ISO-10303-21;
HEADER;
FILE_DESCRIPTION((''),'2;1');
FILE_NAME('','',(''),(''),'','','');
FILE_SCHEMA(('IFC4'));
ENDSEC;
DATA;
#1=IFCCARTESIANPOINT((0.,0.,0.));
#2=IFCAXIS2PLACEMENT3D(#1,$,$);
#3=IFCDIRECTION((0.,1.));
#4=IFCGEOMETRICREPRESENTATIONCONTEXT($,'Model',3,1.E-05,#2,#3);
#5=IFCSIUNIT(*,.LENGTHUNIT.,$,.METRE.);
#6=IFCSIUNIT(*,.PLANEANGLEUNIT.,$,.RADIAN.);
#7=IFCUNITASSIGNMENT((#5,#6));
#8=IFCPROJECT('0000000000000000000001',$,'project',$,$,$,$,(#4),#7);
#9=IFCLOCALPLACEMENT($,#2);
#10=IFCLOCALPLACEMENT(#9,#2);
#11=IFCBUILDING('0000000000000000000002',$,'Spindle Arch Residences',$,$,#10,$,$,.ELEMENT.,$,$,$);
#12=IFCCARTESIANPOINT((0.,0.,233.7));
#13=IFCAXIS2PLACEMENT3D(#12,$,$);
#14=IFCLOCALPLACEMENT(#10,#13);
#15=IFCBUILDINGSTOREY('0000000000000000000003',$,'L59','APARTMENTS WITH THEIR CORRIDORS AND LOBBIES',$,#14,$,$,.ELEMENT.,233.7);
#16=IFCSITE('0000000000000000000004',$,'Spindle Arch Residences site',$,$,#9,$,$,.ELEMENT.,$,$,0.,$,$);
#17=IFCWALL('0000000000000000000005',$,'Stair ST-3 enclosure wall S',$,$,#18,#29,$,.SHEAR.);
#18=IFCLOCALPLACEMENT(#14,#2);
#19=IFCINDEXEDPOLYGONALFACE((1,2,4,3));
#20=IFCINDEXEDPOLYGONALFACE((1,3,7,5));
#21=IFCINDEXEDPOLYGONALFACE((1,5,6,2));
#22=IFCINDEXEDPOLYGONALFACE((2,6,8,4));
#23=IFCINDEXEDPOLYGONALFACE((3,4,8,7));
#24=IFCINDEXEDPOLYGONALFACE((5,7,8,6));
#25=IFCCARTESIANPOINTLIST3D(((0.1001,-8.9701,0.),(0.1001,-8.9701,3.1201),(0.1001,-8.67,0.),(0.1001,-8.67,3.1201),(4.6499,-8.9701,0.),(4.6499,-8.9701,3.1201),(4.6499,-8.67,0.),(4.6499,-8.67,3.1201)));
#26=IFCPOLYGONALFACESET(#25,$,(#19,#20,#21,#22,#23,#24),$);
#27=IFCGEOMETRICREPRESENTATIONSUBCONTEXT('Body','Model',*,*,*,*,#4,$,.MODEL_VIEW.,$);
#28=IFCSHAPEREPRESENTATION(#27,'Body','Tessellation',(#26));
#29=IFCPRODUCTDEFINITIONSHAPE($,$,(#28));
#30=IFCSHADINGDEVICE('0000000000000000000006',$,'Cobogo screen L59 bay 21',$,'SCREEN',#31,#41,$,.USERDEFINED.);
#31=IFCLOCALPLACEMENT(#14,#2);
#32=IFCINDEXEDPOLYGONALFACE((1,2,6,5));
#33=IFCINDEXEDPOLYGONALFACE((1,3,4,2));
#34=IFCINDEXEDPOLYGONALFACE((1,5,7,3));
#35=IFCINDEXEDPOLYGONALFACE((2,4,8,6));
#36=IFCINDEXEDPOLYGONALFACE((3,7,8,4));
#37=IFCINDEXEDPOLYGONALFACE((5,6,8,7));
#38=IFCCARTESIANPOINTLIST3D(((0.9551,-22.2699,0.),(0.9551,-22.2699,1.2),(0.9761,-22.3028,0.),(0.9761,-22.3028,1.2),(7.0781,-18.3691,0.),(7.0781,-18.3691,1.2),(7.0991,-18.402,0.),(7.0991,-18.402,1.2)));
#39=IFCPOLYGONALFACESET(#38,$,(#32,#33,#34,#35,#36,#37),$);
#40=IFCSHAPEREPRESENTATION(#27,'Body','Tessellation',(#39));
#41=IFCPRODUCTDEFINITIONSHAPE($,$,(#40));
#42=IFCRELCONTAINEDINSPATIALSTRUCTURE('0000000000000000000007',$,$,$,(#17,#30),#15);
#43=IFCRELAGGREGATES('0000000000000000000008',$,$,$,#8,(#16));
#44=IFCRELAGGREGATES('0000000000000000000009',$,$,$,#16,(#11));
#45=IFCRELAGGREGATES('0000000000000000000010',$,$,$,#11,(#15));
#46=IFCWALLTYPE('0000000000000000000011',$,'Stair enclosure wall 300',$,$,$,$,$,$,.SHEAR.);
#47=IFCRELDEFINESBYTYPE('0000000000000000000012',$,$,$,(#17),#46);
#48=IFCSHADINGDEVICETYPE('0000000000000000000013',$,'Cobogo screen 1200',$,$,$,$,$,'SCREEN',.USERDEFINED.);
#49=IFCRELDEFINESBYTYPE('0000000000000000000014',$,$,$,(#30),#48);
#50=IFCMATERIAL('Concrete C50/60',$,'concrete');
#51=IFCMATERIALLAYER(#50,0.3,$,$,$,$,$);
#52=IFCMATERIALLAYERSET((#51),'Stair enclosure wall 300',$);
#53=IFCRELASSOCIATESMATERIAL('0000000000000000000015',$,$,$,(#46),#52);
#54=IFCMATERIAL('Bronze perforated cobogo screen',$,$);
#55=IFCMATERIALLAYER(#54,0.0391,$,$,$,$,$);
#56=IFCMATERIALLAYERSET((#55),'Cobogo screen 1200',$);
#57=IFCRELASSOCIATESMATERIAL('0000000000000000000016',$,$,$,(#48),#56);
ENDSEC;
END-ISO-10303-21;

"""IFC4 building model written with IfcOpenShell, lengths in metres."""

from ifc_helpers import new_model, si_unit, direction, frame, frame_2d, origin, origin_2d, place, context, subcontext, project, spatial, rectangle, extrude, material, layer, layer_set, type_object, element, save


model = new_model("IFC4")

# Units and contexts
model_context = context("Model", 3, precision=1e-05, world=origin(), true_north=direction((0.0, 1.0)))
body_context = subcontext(model_context, "Body", "Model", "MODEL_VIEW")
ifc_project = project(units=[si_unit("LENGTHUNIT", "METRE"), si_unit("PLANEANGLEUNIT", "RADIAN")], contexts=[model_context])

# Site, building, storey
site_placement = place(None, origin())
site = spatial("IfcSite", under=ifc_project, at=site_placement, Name="Spindle Arch Residences site", CompositionType="ELEMENT", RefElevation=0.0)
building_placement = place(site_placement, origin())
building = spatial("IfcBuilding", under=site, at=building_placement, Name="Spindle Arch Residences", CompositionType="ELEMENT")
storey_placement = place(building_placement, frame((0.0, 0.0, 233.7)))
storey = spatial("IfcBuildingStorey", under=building, at=storey_placement, Name="L59", Description="APARTMENTS WITH THEIR CORRIDORS AND LOBBIES", CompositionType="ELEMENT", Elevation=233.7)

# Wall
ifc_material_1 = material(Name="Concrete C50/60", Category="concrete")
ifc_layer_1 = layer(ifc_material_1, 0.3)
ifc_layer_set_1 = layer_set([ifc_layer_1], Name="Stair enclosure wall 300")
wall_type_1 = type_object("IfcWallType", Name="Stair enclosure wall 300", PredefinedType="SHEAR", material=ifc_layer_set_1)
wall_1_placement = place(storey_placement, frame((0.1001, -8.8201, 0.0), z_axis=(0.0, 0.0, 1.0), x_axis=(1.0, 0.0, 0.0)))
element("IfcWall", 1, at=wall_1_placement, inside=storey, type_object=wall_type_1, Name="Stair ST-3 enclosure wall S", PredefinedType="SHEAR", context=body_context, shape_type="SweptSolid", body=[
    extrude(rectangle(XDim=4.5498, YDim=0.3, at=frame_2d((2.2749, 0.0))), origin(), (0.0, 0.0, 1.0), 3.1201),
])

# Shading device
ifc_material_2 = material(Name="Bronze perforated cobogo screen")
ifc_layer_2 = layer(ifc_material_2, 0.0391)
ifc_layer_set_2 = layer_set([ifc_layer_2], Name="Cobogo screen 1200")
shading_device_type = type_object("IfcShadingDeviceType", Name="Cobogo screen 1200", ElementType="SCREEN", PredefinedType="USERDEFINED", material=ifc_layer_set_2)
shading_device_placement = place(storey_placement, frame((4.0271, -20.3359, 0.0), z_axis=(0.0, 0.0, 1.0), x_axis=(0.843391, 0.5373, 0.0)))
element("IfcShadingDevice", 2, at=shading_device_placement, inside=storey, type_object=shading_device_type, Name="Cobogo screen L59 bay 21", ObjectType="SCREEN", PredefinedType="USERDEFINED", context=body_context, shape_type="SweptSolid", body=[
    extrude(rectangle(XDim=7.26, YDim=0.0391, at=origin_2d()), origin(), (0.0, 0.0, 1.0), 1.2),
])

save(model, "model.ifc")
